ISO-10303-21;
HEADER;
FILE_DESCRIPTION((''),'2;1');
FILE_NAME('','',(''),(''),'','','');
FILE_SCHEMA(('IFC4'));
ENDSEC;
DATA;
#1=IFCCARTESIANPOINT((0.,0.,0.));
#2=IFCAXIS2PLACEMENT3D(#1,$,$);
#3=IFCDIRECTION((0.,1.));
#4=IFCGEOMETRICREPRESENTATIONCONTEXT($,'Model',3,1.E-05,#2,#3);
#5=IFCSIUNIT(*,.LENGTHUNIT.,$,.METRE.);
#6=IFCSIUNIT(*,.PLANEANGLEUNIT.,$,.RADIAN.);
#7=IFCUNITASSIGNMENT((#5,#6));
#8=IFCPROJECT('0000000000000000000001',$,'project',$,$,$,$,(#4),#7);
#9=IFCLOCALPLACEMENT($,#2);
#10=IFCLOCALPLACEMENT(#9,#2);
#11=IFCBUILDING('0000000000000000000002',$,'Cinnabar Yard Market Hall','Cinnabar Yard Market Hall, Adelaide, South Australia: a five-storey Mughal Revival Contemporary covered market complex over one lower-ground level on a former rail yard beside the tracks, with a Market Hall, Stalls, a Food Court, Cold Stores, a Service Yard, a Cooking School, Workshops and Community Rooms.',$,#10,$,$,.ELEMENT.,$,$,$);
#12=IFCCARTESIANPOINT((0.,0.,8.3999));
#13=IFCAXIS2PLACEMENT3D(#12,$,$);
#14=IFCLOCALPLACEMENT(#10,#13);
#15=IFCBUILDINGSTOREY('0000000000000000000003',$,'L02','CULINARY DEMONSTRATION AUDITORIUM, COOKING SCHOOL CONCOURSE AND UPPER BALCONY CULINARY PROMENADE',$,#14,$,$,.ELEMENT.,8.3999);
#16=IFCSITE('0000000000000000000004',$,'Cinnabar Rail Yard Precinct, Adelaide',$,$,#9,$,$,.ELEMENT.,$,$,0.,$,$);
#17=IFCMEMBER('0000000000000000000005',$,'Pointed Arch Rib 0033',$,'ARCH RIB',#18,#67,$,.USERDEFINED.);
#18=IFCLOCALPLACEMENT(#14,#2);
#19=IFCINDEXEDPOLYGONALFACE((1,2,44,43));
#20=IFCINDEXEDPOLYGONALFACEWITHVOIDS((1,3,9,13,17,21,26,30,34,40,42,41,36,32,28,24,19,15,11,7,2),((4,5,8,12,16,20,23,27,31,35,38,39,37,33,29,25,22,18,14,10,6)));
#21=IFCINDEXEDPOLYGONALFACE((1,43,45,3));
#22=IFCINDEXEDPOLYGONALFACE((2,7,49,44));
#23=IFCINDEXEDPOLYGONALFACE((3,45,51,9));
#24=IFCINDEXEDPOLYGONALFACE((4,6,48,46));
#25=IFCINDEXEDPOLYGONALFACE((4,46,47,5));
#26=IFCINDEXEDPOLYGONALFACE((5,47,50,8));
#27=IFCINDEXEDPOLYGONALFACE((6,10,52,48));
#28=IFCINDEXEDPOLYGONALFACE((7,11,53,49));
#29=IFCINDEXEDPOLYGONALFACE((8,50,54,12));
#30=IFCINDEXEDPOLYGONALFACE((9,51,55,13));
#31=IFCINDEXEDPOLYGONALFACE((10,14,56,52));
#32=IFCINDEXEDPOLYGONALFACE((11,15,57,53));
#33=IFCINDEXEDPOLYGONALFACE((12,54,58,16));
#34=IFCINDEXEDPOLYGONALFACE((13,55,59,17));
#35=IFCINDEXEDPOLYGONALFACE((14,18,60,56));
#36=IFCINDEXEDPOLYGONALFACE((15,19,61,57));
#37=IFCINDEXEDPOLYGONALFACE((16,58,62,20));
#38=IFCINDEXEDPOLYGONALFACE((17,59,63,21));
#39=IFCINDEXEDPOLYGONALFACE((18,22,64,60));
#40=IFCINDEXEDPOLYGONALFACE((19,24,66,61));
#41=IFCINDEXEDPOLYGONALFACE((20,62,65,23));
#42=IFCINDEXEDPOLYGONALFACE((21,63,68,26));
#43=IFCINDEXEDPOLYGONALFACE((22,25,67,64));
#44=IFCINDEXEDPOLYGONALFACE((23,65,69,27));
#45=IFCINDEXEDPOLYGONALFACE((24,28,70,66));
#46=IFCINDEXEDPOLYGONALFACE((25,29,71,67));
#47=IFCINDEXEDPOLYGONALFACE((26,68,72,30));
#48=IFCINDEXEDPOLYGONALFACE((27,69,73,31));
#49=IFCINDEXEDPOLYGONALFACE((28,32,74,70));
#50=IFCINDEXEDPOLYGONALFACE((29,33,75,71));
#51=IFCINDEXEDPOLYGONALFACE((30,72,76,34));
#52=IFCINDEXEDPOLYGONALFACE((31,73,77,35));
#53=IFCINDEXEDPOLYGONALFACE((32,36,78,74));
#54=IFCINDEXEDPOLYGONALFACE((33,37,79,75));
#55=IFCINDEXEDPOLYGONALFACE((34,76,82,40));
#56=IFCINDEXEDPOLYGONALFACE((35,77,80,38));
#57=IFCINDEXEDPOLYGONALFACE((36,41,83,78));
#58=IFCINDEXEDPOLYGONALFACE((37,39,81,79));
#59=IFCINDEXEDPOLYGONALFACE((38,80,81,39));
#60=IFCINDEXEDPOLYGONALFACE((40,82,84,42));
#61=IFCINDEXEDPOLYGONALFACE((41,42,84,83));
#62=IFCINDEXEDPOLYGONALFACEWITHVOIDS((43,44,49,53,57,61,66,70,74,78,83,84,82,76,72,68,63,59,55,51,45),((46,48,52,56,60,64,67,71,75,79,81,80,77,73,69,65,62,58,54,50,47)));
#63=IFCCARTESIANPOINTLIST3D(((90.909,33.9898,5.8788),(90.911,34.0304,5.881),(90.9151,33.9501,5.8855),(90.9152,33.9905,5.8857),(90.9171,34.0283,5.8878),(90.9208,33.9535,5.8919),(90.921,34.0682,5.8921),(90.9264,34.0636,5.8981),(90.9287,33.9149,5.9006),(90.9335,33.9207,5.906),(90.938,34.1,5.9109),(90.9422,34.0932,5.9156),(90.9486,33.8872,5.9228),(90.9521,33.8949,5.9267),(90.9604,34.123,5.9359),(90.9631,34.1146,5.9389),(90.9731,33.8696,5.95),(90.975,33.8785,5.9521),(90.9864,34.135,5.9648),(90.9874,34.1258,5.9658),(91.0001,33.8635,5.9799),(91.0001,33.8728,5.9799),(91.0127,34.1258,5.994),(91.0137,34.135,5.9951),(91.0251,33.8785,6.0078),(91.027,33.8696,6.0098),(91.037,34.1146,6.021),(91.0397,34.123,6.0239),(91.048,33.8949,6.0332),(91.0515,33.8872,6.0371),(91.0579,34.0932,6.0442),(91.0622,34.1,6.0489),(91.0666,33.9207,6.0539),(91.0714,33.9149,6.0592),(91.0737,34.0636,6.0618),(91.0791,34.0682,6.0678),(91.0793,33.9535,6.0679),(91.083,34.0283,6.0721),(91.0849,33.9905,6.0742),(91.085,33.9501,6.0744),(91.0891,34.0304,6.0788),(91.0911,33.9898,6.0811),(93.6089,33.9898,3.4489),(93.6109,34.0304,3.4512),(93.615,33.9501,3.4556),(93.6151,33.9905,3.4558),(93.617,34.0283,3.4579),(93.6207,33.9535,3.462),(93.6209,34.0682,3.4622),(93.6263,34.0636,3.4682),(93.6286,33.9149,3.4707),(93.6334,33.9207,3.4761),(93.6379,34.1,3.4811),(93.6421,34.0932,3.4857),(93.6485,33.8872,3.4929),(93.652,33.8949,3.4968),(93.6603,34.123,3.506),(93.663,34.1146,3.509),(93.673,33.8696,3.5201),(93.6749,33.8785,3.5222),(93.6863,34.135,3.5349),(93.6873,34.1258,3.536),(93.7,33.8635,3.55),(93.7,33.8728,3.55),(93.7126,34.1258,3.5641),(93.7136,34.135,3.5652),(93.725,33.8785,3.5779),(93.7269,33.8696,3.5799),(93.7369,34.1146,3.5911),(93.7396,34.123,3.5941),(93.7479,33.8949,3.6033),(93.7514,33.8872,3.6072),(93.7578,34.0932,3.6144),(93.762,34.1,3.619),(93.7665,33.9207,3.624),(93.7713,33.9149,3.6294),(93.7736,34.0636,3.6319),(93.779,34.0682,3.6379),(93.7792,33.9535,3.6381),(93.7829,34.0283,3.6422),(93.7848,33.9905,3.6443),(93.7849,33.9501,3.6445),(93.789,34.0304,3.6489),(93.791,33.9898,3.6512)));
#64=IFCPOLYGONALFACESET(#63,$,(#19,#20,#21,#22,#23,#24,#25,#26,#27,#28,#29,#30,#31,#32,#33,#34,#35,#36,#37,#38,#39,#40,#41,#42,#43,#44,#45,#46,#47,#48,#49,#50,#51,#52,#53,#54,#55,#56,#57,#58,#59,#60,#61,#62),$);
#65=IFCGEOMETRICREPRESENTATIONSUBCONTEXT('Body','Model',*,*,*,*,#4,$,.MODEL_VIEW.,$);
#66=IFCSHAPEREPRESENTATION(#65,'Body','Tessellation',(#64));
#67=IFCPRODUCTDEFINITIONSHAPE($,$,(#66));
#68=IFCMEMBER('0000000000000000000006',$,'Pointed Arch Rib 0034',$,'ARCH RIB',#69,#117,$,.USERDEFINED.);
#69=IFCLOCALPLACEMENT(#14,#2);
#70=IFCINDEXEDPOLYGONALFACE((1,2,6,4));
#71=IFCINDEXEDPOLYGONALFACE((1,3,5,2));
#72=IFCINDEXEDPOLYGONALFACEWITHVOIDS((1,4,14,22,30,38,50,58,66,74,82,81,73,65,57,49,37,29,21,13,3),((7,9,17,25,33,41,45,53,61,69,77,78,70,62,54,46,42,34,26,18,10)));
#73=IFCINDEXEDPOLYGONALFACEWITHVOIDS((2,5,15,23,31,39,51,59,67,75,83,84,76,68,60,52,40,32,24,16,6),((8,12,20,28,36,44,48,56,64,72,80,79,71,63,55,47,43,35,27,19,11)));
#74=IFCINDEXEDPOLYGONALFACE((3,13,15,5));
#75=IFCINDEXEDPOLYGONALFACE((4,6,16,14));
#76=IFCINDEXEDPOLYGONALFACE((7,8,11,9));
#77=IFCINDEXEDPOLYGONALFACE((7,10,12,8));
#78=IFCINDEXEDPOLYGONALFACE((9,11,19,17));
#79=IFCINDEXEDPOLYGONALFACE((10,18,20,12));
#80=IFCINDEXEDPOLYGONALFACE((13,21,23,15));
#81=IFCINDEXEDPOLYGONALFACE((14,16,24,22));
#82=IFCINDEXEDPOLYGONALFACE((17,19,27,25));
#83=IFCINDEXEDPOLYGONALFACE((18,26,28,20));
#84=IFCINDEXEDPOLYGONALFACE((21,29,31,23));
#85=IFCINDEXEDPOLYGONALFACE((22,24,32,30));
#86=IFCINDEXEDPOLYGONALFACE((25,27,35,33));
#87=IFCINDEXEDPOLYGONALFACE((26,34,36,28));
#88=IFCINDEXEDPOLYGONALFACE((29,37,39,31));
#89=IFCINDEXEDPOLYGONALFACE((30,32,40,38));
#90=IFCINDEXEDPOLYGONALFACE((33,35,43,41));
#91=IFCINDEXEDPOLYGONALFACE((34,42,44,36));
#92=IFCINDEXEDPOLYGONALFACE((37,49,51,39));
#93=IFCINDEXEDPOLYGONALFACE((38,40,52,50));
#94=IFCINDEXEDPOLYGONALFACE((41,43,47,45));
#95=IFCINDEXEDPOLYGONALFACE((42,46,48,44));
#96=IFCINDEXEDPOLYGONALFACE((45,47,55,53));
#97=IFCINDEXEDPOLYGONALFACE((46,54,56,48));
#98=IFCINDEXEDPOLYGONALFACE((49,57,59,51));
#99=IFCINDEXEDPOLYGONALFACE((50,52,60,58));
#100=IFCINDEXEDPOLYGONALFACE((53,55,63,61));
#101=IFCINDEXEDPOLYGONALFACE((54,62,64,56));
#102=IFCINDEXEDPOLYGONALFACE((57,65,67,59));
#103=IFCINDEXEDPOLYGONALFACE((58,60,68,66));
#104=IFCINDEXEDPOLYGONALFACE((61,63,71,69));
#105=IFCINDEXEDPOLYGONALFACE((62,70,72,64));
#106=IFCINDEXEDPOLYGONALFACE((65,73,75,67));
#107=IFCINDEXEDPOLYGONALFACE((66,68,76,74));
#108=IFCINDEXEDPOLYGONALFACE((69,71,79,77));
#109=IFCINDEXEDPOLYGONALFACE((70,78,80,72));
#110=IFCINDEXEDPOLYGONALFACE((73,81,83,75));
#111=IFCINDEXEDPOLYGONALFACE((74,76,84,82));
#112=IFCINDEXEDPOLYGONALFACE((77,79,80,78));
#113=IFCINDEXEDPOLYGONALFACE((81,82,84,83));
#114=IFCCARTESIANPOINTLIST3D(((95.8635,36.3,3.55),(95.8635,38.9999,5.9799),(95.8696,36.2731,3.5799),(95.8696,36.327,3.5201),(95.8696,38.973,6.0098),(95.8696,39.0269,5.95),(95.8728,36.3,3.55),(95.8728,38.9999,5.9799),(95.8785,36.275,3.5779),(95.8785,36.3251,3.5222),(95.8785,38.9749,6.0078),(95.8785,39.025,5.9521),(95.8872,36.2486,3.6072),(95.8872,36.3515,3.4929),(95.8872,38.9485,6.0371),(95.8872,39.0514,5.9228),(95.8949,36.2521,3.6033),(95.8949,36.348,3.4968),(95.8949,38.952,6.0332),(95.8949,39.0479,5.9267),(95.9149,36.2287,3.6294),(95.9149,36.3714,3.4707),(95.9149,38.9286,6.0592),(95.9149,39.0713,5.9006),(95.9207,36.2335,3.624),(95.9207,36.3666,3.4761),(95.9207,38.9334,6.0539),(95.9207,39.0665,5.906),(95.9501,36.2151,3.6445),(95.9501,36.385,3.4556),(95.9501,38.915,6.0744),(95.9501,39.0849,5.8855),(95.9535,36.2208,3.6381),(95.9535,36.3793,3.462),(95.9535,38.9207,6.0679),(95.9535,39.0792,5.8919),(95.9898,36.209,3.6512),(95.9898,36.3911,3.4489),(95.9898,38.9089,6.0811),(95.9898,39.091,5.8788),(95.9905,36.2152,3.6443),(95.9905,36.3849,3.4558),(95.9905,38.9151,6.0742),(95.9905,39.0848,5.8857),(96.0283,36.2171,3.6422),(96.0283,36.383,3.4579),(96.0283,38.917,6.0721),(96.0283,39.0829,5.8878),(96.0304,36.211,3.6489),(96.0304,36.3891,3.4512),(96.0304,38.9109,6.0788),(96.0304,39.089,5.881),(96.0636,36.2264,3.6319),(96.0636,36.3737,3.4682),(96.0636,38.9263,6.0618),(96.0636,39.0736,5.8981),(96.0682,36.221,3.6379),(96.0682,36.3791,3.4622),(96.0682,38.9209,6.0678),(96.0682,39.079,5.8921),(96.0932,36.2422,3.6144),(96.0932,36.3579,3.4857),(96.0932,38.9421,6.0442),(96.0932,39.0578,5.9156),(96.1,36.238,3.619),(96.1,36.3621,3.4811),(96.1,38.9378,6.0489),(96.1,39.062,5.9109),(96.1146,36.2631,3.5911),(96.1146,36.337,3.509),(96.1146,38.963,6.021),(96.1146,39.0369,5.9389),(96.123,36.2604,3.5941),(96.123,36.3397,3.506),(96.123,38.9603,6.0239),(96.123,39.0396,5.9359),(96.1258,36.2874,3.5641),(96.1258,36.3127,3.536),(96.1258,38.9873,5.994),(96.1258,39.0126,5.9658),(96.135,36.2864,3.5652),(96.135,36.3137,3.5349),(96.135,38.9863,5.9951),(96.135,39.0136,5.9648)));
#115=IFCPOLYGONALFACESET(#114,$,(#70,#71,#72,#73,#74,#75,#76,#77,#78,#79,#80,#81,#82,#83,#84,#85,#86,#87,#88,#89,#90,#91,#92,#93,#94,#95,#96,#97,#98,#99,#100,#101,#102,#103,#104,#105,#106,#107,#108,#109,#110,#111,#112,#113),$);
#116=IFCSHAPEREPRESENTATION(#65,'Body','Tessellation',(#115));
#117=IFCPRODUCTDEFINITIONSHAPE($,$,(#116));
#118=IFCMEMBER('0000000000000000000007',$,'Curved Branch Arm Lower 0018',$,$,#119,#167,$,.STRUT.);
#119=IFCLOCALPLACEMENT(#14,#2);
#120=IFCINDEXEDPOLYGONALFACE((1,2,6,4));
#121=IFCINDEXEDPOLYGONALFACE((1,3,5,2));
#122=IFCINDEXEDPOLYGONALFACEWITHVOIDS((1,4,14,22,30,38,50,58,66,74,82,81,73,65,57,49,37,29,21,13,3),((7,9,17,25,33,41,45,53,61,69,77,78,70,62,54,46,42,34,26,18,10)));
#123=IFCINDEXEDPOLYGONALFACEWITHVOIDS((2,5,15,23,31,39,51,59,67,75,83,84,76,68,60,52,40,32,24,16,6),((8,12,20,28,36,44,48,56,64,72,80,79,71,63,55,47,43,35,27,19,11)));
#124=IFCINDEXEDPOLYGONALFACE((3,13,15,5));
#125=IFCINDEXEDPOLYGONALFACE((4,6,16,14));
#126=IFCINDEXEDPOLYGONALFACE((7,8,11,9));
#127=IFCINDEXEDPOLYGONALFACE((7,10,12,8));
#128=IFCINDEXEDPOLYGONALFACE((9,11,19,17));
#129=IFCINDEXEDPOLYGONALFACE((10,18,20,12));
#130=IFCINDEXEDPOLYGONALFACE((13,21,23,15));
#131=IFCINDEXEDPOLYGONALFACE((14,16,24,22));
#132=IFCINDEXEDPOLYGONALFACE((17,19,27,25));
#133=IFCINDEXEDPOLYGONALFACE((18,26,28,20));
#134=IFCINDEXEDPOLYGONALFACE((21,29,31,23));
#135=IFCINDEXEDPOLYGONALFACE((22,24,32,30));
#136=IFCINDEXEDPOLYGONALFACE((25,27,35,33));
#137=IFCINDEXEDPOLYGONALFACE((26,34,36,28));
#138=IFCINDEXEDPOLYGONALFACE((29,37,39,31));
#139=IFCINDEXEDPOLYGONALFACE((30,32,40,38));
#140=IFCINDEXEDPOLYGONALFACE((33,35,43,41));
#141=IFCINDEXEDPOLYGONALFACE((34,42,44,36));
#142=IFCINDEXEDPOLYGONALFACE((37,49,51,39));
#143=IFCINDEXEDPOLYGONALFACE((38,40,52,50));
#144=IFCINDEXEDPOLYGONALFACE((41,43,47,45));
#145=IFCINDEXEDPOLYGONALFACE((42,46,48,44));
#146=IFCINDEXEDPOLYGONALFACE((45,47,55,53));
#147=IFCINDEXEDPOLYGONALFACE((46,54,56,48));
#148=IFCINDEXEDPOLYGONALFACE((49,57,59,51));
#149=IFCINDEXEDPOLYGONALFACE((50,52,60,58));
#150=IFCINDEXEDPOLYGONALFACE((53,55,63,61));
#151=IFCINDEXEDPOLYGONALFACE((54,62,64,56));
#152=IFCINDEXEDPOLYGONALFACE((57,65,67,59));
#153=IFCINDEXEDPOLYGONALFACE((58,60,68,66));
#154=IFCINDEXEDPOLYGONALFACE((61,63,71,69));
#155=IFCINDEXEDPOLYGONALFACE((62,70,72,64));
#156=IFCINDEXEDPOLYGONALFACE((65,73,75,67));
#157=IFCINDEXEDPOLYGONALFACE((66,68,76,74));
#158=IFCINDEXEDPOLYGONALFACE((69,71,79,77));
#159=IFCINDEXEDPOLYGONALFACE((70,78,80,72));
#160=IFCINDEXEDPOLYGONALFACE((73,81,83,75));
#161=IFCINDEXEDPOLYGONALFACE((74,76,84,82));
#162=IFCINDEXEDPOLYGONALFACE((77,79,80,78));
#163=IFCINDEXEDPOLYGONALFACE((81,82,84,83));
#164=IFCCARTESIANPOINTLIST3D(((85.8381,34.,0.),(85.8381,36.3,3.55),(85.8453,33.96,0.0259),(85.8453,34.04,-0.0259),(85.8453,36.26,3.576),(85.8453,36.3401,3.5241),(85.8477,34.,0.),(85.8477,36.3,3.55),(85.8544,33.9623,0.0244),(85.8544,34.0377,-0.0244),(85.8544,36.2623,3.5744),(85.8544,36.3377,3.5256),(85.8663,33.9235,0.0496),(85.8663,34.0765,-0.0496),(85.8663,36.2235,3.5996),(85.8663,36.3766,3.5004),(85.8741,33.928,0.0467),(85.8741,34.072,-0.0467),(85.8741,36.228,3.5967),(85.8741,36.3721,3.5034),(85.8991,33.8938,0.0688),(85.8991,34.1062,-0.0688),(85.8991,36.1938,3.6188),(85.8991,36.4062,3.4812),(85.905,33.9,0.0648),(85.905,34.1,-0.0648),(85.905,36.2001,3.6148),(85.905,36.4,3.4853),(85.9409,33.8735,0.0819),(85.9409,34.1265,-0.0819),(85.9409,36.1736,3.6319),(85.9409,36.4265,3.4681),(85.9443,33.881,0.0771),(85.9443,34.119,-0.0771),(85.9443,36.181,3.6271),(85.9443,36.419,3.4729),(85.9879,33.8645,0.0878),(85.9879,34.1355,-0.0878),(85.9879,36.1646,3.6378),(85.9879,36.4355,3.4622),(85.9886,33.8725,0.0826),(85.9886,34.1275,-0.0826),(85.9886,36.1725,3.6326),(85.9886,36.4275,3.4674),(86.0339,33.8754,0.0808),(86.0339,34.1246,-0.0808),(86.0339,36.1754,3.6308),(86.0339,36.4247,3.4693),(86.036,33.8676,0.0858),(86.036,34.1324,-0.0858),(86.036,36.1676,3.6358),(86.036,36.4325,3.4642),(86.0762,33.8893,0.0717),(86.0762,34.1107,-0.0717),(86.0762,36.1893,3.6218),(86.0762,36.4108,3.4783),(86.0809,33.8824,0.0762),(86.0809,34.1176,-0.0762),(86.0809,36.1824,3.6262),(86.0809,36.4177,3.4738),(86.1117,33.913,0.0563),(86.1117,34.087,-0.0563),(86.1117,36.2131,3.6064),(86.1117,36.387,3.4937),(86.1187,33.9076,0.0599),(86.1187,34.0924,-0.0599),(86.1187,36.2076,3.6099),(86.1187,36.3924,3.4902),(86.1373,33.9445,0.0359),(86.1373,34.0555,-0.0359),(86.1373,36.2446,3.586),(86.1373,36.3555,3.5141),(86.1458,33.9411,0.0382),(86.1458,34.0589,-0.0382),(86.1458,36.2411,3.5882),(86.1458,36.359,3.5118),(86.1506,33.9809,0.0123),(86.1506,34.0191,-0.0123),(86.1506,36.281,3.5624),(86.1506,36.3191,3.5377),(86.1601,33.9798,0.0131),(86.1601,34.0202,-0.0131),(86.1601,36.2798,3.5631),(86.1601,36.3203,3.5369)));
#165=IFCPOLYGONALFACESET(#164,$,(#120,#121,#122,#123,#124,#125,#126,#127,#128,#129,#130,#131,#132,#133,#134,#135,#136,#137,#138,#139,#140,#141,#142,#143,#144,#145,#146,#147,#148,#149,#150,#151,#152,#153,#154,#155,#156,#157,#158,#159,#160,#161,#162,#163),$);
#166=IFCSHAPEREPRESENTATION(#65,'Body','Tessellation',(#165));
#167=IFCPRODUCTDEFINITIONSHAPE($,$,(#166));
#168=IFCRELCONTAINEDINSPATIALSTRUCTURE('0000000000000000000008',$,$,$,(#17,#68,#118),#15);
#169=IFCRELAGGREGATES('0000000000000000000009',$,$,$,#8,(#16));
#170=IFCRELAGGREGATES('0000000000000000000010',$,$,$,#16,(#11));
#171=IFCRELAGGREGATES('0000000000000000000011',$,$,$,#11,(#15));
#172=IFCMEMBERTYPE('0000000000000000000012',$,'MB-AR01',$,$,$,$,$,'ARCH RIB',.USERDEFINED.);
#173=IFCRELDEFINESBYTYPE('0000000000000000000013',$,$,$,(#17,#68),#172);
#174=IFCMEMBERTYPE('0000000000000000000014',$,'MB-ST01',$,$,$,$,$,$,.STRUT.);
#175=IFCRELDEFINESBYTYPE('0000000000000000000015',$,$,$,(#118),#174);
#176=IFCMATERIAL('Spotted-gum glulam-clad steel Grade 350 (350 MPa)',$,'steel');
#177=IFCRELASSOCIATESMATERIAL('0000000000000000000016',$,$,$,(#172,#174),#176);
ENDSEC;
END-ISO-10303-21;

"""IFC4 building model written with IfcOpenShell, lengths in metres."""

from ifc_helpers import new_model, si_unit, direction, frame, origin, origin_2d_with_axis, place, context, subcontext, project, spatial, hollow_circle, extrude, material, material_profile, profile_set, type_object, element, save


model = new_model("IFC4")

# Units and contexts
model_context = context("Model", 3, precision=1e-05, world=origin(), true_north=direction((0.0, 1.0)))
body_context = subcontext(model_context, "Body", "Model", "MODEL_VIEW")
ifc_project = project(units=[si_unit("LENGTHUNIT", "METRE"), si_unit("PLANEANGLEUNIT", "RADIAN")], contexts=[model_context])

# Site, building, storey
site_placement = place(None, origin())
site = spatial("IfcSite", under=ifc_project, at=site_placement, Name="Cinnabar Rail Yard Precinct, Adelaide", CompositionType="ELEMENT", RefElevation=0.0)
building_placement = place(site_placement, origin())
building = spatial("IfcBuilding", under=site, at=building_placement, Name="Cinnabar Yard Market Hall", Description="Cinnabar Yard Market Hall, Adelaide, South Australia: a five-storey Mughal Revival Contemporary covered market complex over one lower-ground level on a former rail yard beside the tracks, with a Market Hall, Stalls, a Food Court, Cold Stores, a Service Yard, a Cooking School, Workshops and Community Rooms.", CompositionType="ELEMENT")
storey_placement = place(building_placement, frame((0.0, 0.0, 8.3999)))
storey = spatial("IfcBuildingStorey", under=building, at=storey_placement, Name="L02", Description="CULINARY DEMONSTRATION AUDITORIUM, COOKING SCHOOL CONCOURSE AND UPPER BALCONY CULINARY PROMENADE", CompositionType="ELEMENT", Elevation=8.3999)

# Shared definitions
ifc_material_1 = material(Name="Spotted-gum glulam-clad steel Grade 350 (350 MPa)", Category="steel")

# Members
ifc_material_profile_1 = material_profile(ifc_material_1, hollow_circle(Radius=0.1365, WallThickness=0.0093, at=origin_2d_with_axis()), Name="273.1x9.3CHS")
ifc_profile_set_1 = profile_set([ifc_material_profile_1], Name="Spotted-gum glulam-clad steel Grade 350 (350 MPa)")
member_type_1 = type_object("IfcMemberType", Name="MB-AR01", ElementType="ARCH RIB", PredefinedType="USERDEFINED", material=ifc_profile_set_1)
for number, where, z_axis, x_axis, name in (
    (1, (93.7, 34.0, 3.55), (-0.743297, 0.0, 0.668961), (0.0, -1.0, 0.0), "Pointed Arch Rib 0033"),
    (2, (96.0, 36.3, 3.55), (0.0, 0.743297, 0.668961), (-1.0, 0.0, 0.0), "Pointed Arch Rib 0034"),
):
    element("IfcMember", number, at=place(storey_placement, frame(where, z_axis=z_axis, x_axis=x_axis)), inside=storey, type_object=member_type_1, Name=name, ObjectType="ARCH RIB", PredefinedType="USERDEFINED", context=body_context, shape_type="SweptSolid", body=[
        extrude(hollow_circle(Radius=0.1365, WallThickness=0.0093, at=origin_2d_with_axis()), origin(), (0.0, 0.0, 1.0), 3.6323),
    ])
ifc_material_profile_2 = material_profile(ifc_material_1, hollow_circle(Radius=0.1619, WallThickness=0.0095, at=origin_2d_with_axis()), Name="323.9x9.5CHS")
ifc_profile_set_2 = profile_set([ifc_material_profile_2], Name="Spotted-gum glulam-clad steel Grade 350 (350 MPa)")
member_type_2 = type_object("IfcMemberType", Name="MB-ST01", PredefinedType="STRUT", material=ifc_profile_set_2)
for number, where, z_axis, x_axis, name in (
    (3, (86.0, 34.0, 0.0), (0.0, 0.543744, 0.839251), (-1.0, 0.0, 0.0), "Curved Branch Arm Lower 0018"),
):
    element("IfcMember", number, at=place(storey_placement, frame(where, z_axis=z_axis, x_axis=x_axis)), inside=storey, type_object=member_type_2, Name=name, PredefinedType="STRUT", context=body_context, shape_type="SweptSolid", body=[
        extrude(hollow_circle(Radius=0.1619, WallThickness=0.0095, at=origin_2d_with_axis()), origin(), (0.0, 0.0, 1.0), 4.23),
    ])

save(model, "model.ifc")
